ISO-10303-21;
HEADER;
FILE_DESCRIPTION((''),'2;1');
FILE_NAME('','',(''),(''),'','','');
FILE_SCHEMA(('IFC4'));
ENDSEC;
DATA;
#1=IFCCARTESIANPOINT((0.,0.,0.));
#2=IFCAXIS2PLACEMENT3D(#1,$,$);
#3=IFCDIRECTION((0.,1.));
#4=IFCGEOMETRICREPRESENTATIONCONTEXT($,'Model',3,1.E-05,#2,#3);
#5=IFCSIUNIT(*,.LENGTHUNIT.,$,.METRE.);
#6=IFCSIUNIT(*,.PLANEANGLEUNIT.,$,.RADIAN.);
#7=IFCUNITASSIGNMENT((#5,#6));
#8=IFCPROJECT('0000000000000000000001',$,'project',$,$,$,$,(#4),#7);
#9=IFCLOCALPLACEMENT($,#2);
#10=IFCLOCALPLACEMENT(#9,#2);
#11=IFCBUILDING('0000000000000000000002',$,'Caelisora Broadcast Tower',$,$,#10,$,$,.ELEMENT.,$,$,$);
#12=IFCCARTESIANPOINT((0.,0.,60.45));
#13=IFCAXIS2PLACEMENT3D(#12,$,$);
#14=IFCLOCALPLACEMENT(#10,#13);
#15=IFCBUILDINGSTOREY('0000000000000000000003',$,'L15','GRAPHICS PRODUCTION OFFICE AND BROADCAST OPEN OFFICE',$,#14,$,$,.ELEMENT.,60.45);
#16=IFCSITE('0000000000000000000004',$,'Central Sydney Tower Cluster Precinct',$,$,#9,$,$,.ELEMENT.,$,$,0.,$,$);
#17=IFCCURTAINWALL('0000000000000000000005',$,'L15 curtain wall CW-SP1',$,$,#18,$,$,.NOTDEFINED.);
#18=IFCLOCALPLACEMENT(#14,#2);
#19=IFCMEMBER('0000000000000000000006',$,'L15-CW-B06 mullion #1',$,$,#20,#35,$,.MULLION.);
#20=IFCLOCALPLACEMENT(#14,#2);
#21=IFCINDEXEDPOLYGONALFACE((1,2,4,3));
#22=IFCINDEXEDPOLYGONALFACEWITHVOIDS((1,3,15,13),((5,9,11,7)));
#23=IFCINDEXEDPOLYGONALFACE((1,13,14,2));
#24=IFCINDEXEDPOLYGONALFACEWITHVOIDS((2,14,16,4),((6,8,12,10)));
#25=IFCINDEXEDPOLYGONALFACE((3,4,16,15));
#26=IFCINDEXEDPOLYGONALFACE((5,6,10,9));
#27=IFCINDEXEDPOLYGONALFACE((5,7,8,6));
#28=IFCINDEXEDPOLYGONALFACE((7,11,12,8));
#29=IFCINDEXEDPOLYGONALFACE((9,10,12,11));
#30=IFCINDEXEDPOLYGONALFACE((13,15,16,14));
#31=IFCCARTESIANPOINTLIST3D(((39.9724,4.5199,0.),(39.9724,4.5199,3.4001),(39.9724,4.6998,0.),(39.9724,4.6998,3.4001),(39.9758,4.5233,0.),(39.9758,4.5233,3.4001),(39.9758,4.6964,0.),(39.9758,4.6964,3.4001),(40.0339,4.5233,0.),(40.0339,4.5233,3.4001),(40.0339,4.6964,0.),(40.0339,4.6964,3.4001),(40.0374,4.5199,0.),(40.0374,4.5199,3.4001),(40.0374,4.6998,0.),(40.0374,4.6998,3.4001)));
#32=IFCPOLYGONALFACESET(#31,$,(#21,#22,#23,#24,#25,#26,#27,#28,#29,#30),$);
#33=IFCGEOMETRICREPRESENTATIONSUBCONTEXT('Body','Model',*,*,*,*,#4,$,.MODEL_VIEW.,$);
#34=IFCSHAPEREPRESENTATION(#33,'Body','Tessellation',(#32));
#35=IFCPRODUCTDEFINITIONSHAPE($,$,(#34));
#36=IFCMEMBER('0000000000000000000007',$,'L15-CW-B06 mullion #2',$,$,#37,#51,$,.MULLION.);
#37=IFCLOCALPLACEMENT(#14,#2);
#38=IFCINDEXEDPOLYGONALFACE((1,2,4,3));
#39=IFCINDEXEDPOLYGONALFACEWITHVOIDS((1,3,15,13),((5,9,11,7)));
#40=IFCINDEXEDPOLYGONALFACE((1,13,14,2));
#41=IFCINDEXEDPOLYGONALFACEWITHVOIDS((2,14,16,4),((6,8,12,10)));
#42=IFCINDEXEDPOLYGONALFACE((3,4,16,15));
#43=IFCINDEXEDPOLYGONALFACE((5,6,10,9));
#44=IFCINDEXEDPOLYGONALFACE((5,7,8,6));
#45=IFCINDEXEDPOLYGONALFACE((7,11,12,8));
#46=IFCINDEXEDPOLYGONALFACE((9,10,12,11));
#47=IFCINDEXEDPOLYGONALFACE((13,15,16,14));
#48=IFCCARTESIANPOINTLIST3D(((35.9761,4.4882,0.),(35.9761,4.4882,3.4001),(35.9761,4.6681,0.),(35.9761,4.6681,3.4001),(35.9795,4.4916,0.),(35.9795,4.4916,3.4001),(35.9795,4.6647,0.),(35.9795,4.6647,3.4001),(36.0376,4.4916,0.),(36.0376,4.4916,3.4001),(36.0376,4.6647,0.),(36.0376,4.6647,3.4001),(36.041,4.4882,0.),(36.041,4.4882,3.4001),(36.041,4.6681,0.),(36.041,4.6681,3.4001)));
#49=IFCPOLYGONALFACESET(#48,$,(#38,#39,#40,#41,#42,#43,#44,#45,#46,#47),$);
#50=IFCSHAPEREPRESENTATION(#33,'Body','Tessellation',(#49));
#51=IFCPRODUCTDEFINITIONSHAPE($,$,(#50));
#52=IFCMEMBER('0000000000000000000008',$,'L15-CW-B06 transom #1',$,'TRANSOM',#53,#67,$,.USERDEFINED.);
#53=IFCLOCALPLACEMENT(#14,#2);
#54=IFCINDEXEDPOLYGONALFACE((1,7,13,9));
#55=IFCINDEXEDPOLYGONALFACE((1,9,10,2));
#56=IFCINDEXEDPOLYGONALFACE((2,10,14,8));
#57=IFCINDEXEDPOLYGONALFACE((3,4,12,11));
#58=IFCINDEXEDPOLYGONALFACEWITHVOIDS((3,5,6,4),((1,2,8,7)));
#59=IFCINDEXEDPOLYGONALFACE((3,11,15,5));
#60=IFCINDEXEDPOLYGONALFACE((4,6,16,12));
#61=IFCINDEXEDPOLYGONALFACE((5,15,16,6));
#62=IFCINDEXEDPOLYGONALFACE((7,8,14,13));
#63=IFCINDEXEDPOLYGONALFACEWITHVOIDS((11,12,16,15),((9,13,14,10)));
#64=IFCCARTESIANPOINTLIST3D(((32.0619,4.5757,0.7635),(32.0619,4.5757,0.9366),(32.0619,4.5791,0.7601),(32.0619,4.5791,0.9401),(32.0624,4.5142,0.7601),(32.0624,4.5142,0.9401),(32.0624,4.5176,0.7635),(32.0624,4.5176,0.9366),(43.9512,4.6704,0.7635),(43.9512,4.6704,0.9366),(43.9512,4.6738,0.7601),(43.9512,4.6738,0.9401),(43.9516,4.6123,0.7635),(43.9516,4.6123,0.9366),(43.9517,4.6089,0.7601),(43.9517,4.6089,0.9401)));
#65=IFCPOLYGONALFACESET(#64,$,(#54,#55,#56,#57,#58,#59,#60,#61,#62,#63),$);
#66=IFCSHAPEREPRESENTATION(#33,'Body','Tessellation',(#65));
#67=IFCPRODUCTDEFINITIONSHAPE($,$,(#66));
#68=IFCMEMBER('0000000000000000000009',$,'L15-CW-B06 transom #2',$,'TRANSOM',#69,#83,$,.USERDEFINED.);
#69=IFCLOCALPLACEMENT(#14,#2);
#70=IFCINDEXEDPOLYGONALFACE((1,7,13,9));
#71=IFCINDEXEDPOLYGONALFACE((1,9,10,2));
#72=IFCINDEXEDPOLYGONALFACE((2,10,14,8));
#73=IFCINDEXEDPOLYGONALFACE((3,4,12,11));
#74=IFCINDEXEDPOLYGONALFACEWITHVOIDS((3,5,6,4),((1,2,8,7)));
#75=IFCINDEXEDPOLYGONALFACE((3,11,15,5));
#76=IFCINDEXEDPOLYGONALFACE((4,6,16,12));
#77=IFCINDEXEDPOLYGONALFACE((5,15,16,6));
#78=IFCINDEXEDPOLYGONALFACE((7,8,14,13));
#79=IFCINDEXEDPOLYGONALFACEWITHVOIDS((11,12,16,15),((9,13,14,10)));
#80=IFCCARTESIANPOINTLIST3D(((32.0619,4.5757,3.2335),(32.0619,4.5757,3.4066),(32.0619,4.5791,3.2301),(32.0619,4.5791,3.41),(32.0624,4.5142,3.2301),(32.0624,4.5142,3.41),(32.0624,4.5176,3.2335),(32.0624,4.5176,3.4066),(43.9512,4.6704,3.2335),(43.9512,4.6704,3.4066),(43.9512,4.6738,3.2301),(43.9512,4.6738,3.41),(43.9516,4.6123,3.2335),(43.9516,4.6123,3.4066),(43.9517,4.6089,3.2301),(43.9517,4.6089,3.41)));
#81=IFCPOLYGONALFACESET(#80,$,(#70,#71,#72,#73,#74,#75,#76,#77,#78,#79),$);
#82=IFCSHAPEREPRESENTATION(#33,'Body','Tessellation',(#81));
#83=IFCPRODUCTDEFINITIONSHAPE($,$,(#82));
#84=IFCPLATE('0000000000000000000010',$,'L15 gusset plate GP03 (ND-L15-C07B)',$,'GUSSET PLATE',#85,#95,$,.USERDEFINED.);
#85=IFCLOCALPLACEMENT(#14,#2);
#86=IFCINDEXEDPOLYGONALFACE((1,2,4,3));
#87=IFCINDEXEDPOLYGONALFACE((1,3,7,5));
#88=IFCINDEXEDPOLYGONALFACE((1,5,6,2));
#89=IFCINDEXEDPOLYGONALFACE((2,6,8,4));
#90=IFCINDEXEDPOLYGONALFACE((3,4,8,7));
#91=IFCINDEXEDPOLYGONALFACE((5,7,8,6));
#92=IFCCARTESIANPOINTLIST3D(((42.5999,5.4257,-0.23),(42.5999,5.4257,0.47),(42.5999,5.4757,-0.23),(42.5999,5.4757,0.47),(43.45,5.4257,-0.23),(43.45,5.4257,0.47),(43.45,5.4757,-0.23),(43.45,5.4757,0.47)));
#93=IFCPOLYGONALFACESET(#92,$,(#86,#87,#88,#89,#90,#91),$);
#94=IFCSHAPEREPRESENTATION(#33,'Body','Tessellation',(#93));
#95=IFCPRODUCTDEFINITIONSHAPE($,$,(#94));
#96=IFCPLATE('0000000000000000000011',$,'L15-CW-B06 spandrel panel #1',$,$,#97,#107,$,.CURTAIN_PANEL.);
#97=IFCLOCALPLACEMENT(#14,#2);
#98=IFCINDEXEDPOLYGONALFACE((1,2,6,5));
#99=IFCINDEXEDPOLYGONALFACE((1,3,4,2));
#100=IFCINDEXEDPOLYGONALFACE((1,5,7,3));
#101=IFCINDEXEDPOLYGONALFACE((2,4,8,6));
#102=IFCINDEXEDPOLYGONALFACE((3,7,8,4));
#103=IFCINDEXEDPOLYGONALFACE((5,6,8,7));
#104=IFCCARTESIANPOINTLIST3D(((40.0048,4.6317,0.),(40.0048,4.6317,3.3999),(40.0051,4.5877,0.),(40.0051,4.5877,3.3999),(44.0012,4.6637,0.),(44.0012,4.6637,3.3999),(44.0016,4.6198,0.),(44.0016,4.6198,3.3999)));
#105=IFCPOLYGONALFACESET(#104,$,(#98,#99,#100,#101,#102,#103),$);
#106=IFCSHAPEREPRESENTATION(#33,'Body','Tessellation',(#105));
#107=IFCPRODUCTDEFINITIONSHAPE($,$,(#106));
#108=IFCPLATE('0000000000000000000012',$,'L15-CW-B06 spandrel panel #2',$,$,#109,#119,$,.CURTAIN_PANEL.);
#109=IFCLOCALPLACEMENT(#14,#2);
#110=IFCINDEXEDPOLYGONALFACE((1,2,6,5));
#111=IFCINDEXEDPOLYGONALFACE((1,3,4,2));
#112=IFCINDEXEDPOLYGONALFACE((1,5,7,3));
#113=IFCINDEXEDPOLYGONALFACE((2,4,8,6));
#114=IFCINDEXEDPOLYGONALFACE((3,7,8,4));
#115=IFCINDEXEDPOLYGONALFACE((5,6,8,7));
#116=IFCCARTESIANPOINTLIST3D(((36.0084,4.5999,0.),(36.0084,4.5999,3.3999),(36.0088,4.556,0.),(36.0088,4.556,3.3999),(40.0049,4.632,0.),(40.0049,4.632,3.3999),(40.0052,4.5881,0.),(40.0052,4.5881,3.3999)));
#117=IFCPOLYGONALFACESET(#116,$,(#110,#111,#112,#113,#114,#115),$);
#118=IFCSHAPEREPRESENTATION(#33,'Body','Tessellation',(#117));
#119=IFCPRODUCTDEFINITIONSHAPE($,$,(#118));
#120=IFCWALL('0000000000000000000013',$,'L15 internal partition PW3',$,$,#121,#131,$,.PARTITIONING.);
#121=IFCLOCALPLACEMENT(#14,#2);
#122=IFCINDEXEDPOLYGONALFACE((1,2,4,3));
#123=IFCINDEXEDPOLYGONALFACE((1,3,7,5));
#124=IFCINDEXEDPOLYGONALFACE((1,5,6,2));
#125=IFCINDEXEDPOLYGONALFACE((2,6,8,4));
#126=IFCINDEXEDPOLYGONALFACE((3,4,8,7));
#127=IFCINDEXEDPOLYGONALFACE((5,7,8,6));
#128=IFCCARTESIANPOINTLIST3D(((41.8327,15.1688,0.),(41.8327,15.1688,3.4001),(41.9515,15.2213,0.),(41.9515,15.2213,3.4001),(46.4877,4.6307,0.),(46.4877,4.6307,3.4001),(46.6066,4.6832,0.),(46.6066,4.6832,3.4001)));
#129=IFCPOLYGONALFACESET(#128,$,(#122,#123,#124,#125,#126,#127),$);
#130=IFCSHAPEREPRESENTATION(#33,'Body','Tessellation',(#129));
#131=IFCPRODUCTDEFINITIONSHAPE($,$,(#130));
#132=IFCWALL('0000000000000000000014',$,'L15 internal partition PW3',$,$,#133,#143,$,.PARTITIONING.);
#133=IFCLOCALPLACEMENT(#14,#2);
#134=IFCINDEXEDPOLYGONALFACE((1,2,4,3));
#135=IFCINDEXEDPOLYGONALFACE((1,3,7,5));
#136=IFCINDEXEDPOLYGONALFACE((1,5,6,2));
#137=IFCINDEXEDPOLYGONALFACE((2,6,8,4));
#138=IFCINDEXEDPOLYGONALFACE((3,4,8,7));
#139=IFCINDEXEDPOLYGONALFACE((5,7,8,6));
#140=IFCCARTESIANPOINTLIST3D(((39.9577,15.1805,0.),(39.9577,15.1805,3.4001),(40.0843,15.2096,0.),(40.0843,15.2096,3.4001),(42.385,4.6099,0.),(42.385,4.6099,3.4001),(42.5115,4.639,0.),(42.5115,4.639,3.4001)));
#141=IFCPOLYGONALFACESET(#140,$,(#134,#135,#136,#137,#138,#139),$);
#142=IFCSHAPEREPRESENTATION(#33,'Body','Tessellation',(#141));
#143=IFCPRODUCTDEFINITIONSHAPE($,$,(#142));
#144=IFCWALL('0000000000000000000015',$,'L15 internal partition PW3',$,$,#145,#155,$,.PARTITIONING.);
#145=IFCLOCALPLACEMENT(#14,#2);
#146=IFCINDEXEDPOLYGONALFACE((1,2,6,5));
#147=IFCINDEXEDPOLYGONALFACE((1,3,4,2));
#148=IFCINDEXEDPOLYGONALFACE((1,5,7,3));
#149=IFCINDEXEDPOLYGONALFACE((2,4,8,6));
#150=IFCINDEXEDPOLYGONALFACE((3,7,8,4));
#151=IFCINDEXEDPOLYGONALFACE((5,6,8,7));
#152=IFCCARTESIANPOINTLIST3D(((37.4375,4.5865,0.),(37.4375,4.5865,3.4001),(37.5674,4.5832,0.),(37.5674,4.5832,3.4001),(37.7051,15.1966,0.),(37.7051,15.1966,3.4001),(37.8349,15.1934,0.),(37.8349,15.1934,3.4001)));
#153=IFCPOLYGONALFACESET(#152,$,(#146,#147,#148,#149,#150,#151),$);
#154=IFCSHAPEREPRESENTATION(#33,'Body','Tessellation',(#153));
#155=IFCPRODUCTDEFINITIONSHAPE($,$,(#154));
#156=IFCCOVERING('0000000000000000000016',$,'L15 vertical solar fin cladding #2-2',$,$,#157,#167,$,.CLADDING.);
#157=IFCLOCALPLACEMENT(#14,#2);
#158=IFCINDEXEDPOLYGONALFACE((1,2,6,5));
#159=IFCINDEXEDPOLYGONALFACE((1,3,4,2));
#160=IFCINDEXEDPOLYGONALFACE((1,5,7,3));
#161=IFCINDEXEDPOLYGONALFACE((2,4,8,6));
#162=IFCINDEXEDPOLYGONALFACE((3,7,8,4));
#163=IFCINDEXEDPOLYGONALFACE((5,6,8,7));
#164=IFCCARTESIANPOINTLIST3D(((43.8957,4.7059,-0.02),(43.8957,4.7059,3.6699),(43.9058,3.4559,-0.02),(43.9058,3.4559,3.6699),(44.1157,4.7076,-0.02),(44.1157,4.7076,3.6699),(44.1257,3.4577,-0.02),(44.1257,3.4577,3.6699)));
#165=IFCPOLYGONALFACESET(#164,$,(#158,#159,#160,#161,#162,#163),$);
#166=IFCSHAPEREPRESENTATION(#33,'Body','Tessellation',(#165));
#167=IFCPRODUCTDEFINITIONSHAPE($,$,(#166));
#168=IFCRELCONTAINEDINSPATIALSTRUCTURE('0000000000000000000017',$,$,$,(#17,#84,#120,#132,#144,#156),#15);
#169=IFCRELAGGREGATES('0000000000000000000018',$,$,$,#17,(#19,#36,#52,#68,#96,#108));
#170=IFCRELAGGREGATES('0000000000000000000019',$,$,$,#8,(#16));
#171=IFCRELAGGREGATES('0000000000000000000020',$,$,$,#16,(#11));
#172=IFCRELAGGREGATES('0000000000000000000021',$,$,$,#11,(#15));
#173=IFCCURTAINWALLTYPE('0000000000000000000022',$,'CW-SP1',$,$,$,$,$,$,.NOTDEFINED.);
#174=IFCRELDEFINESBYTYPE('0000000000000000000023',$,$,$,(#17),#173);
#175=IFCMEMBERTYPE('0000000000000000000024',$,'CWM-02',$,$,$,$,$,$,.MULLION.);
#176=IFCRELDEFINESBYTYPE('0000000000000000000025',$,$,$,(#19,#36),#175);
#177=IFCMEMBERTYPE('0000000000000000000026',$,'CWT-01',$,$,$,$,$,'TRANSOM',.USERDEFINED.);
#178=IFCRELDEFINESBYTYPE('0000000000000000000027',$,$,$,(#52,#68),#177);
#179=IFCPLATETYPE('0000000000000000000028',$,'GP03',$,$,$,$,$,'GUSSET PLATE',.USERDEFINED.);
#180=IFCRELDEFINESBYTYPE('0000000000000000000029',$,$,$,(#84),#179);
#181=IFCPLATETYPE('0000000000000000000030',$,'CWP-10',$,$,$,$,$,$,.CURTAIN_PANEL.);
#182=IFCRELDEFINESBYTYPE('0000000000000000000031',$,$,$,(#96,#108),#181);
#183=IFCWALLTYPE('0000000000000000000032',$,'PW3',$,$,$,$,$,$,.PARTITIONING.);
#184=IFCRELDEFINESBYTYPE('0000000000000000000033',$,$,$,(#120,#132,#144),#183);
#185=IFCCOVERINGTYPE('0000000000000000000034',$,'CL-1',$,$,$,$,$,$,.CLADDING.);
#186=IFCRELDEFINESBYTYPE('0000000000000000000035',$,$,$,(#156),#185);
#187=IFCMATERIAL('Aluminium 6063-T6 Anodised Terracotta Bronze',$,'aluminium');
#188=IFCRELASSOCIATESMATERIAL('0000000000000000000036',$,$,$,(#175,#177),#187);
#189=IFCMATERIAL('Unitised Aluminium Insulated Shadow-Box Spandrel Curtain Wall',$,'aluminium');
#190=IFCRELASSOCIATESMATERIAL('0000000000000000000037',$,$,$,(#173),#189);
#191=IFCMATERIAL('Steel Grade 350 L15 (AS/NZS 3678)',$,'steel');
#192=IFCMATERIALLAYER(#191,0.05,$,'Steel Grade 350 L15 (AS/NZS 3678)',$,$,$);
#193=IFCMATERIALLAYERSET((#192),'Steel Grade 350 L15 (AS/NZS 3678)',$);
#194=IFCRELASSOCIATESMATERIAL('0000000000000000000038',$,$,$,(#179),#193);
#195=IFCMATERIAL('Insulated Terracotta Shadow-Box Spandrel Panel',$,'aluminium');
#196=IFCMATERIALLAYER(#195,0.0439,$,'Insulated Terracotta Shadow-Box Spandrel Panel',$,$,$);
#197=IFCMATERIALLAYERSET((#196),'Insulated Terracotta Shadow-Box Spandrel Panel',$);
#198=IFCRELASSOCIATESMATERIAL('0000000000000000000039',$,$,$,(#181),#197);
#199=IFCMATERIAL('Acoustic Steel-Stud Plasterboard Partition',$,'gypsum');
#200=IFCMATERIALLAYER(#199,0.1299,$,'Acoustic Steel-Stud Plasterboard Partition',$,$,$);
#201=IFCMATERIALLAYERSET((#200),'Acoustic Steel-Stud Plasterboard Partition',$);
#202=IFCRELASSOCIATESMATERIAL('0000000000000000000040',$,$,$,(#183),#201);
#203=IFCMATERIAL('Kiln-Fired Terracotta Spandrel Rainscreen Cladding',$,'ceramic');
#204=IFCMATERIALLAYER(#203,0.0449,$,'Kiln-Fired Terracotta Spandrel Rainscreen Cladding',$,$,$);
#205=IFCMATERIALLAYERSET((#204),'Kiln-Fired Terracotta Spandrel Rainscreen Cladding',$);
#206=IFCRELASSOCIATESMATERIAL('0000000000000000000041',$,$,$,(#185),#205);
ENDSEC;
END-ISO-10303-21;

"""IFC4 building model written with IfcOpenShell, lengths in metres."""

from ifc_helpers import new_model, si_unit, direction, frame, frame_2d, origin, origin_2d, place, context, subcontext, project, spatial, rectangle, hollow_rectangle, extrude, source, transform, mapped, material, layer, layer_set, material_profile, profile_set, type_object, type_shapes, element, aggregate, save


model = new_model("IFC4")

# Units and contexts
model_context = context("Model", 3, precision=1e-05, world=origin(), true_north=direction((0.0, 1.0)))
body_context = subcontext(model_context, "Body", "Model", "MODEL_VIEW")
ifc_project = project(units=[si_unit("LENGTHUNIT", "METRE"), si_unit("PLANEANGLEUNIT", "RADIAN")], contexts=[model_context])

# Site, building, storey
site_placement = place(None, origin())
site = spatial("IfcSite", under=ifc_project, at=site_placement, Name="Central Sydney Tower Cluster Precinct", CompositionType="ELEMENT", RefElevation=0.0)
building_placement = place(site_placement, origin())
building = spatial("IfcBuilding", under=site, at=building_placement, Name="Caelisora Broadcast Tower", CompositionType="ELEMENT")
storey_placement = place(building_placement, frame((0.0, 0.0, 60.45)))
storey = spatial("IfcBuildingStorey", under=building, at=storey_placement, Name="L15", Description="GRAPHICS PRODUCTION OFFICE AND BROADCAST OPEN OFFICE", CompositionType="ELEMENT", Elevation=60.45)

# Shared definitions
ifc_material_1 = material(Name="Steel Grade 350 L15 (AS/NZS 3678)", Category="steel")

# Shared definitions
ifc_material_2 = material(Name="Aluminium 6063-T6 Anodised Terracotta Bronze", Category="aluminium")
ifc_material_profile_1 = material_profile(ifc_material_2, hollow_rectangle(XDim=0.0649, YDim=0.1799, WallThickness=0.0034, at=origin_2d()), Name="Aluminium 6063-T6 Anodised Terracotta Bronze")
ifc_profile_set_1 = profile_set([ifc_material_profile_1], Name="Aluminium 6063-T6 Anodised Terracotta Bronze")
member_type_1 = type_object("IfcMemberType", Name="CWM-02", PredefinedType="MULLION", material=ifc_profile_set_1)
shared_shape_1 = source(origin(), body_context, "Body", "SweptSolid", [
    extrude(hollow_rectangle(XDim=0.0649, YDim=0.1799, WallThickness=0.0034, at=origin_2d()), origin(), (0.0, 0.0, 1.0), 3.4001),
])
type_shapes(member_type_1, [shared_shape_1])

# Curtain wall, members
ifc_material_3 = material(Name="Unitised Aluminium Insulated Shadow-Box Spandrel Curtain Wall", Category="aluminium")
curtain_wall_type_1 = type_object("IfcCurtainWallType", Name="CW-SP1", PredefinedType="NOTDEFINED", material=ifc_material_3)
curtain_wall_1_placement = place(storey_placement, origin())
curtain_wall_1 = element("IfcCurtainWall", 1, at=curtain_wall_1_placement, inside=storey, type_object=curtain_wall_type_1, Name="L15 curtain wall CW-SP1", PredefinedType="NOTDEFINED")
member_1_placement = place(storey_placement, frame((40.0049, 4.6099, 0.0), z_axis=(0.0, 0.0, 1.0), x_axis=(1.0, 0.0, 0.0)))
member_1 = element("IfcMember", 2, at=member_1_placement, type_object=member_type_1, Name="L15-CW-B06 mullion #1", PredefinedType="MULLION", context=body_context, shape_type="MappedRepresentation", body=[
    mapped(shared_shape_1, transform((0.0, 0.0, 0.0), scale=1.0)),
])
member_2_placement = place(storey_placement, frame((36.0085, 4.5781, 0.0), z_axis=(0.0, 0.0, 1.0), x_axis=(1.0, 0.0, 0.0)))
member_2 = element("IfcMember", 3, at=member_2_placement, type_object=member_type_1, Name="L15-CW-B06 mullion #2", PredefinedType="MULLION", context=body_context, shape_type="MappedRepresentation", body=[
    mapped(shared_shape_1, transform((0.0, 0.0, 0.0), scale=1.0)),
])
ifc_material_profile_2 = material_profile(ifc_material_2, hollow_rectangle(XDim=0.0649, YDim=0.1799, WallThickness=0.0034, at=origin_2d()), Name="Aluminium 6063-T6 Anodised Terracotta Bronze")
ifc_profile_set_2 = profile_set([ifc_material_profile_2], Name="Aluminium 6063-T6 Anodised Terracotta Bronze")
member_type_2 = type_object("IfcMemberType", Name="CWT-01", ElementType="TRANSOM", PredefinedType="USERDEFINED", material=ifc_profile_set_2)
shared_shape_2 = source(origin(), body_context, "Body", "SweptSolid", [
    extrude(hollow_rectangle(XDim=0.0649, YDim=0.1799, WallThickness=0.0034, at=origin_2d()), origin(), (0.0, 0.0, 1.0), 11.8896),
])
type_shapes(member_type_2, [shared_shape_2])
member_3_placement = place(storey_placement, frame((43.9514, 4.6414, 0.8501), z_axis=(-0.999968, -0.007967, 0.0), x_axis=(0.007967, -0.999968, 0.0)))
member_3 = element("IfcMember", 4, at=member_3_placement, type_object=member_type_2, Name="L15-CW-B06 transom #1", ObjectType="TRANSOM", PredefinedType="USERDEFINED", context=body_context, shape_type="MappedRepresentation", body=[
    mapped(shared_shape_2, transform((0.0, 0.0, 0.0), scale=1.0)),
])
member_4_placement = place(storey_placement, frame((43.9514, 4.6414, 3.3201), z_axis=(-0.999968, -0.007967, 0.0), x_axis=(0.007967, -0.999968, 0.0)))
member_4 = element("IfcMember", 5, at=member_4_placement, type_object=member_type_2, Name="L15-CW-B06 transom #2", ObjectType="TRANSOM", PredefinedType="USERDEFINED", context=body_context, shape_type="MappedRepresentation", body=[
    mapped(shared_shape_2, transform((0.0, 0.0, 0.0), scale=1.0)),
])

# Plates
ifc_layer_1 = layer(ifc_material_1, 0.05, Name="Steel Grade 350 L15 (AS/NZS 3678)")
ifc_layer_set_1 = layer_set([ifc_layer_1], Name="Steel Grade 350 L15 (AS/NZS 3678)")
plate_type_1 = type_object("IfcPlateType", Name="GP03", ElementType="GUSSET PLATE", PredefinedType="USERDEFINED", material=ifc_layer_set_1)
shared_shape_3 = source(origin(), body_context, "Body", "SweptSolid", [
    extrude(rectangle(XDim=0.8501, YDim=0.05, at=origin_2d()), origin(), (0.0, 0.0, 1.0), 0.7),
])
type_shapes(plate_type_1, [shared_shape_3])
plate_1_placement = place(storey_placement, frame((43.0249, 5.4507, -0.23), z_axis=(0.0, 0.0, 1.0), x_axis=(1.0, 0.0, 0.0)))
element("IfcPlate", 6, at=plate_1_placement, inside=storey, type_object=plate_type_1, Name="L15 gusset plate GP03 (ND-L15-C07B)", ObjectType="GUSSET PLATE", PredefinedType="USERDEFINED", context=body_context, shape_type="MappedRepresentation", body=[
    mapped(shared_shape_3, transform((0.0, 0.0, 0.0), scale=1.0)),
])
ifc_material_4 = material(Name="Insulated Terracotta Shadow-Box Spandrel Panel", Category="aluminium")
ifc_layer_2 = layer(ifc_material_4, 0.0439, Name="Insulated Terracotta Shadow-Box Spandrel Panel")
ifc_layer_set_2 = layer_set([ifc_layer_2], Name="Insulated Terracotta Shadow-Box Spandrel Panel")
plate_type_2 = type_object("IfcPlateType", Name="CWP-10", PredefinedType="CURTAIN_PANEL", material=ifc_layer_set_2)
shared_shape_4 = source(origin(), body_context, "Body", "SweptSolid", [
    extrude(rectangle(XDim=3.9966, YDim=0.0439, at=origin_2d()), origin(), (0.0, 0.0, 1.0), 3.3999),
])
type_shapes(plate_type_2, [shared_shape_4])
plate_2_placement = place(storey_placement, frame((42.0032, 4.6257, 0.0), z_axis=(0.0, 0.0, 1.0), x_axis=(-0.999968, -0.008028, 0.0)))
plate_2 = element("IfcPlate", 7, at=plate_2_placement, type_object=plate_type_2, Name="L15-CW-B06 spandrel panel #1", PredefinedType="CURTAIN_PANEL", context=body_context, shape_type="MappedRepresentation", body=[
    mapped(shared_shape_4, transform((0.0, 0.0, 0.0), scale=1.0)),
])
plate_3_placement = place(storey_placement, frame((38.0068, 4.594, 0.0), z_axis=(0.0, 0.0, 1.0), x_axis=(-0.999968, -0.008028, 0.0)))
plate_3 = element("IfcPlate", 8, at=plate_3_placement, type_object=plate_type_2, Name="L15-CW-B06 spandrel panel #2", PredefinedType="CURTAIN_PANEL", context=body_context, shape_type="MappedRepresentation", body=[
    mapped(shared_shape_4, transform((0.0, 0.0, 0.0), scale=1.0)),
])
aggregate(curtain_wall_1, [member_1, member_2, member_3, member_4, plate_2, plate_3])

# Walls
ifc_material_5 = material(Name="Acoustic Steel-Stud Plasterboard Partition", Category="gypsum")
ifc_layer_3 = layer(ifc_material_5, 0.1299, Name="Acoustic Steel-Stud Plasterboard Partition")
ifc_layer_set_3 = layer_set([ifc_layer_3], Name="Acoustic Steel-Stud Plasterboard Partition")
wall_type = type_object("IfcWallType", Name="PW3", PredefinedType="PARTITIONING", material=ifc_layer_set_3)
wall_1_placement = place(storey_placement, frame((41.8921, 15.1951, 0.0), z_axis=(0.0, 0.0, 1.0), x_axis=(0.404067, -0.914729, 0.0)))
element("IfcWall", 9, at=wall_1_placement, inside=storey, type_object=wall_type, Name="L15 internal partition PW3", PredefinedType="PARTITIONING", context=body_context, shape_type="SweptSolid", body=[
    extrude(rectangle(XDim=11.5205, YDim=0.1299, at=frame_2d((5.7603, 0.0))), origin(), (0.0, 0.0, 1.0), 3.4001),
])
wall_2_placement = place(storey_placement, frame((40.021, 15.1951, 0.0), z_axis=(0.0, 0.0, 1.0), x_axis=(0.223799, -0.974635, 0.0)))
element("IfcWall", 10, at=wall_2_placement, inside=storey, type_object=wall_type, Name="L15 internal partition PW3", PredefinedType="PARTITIONING", context=body_context, shape_type="SweptSolid", body=[
    extrude(rectangle(XDim=10.8457, YDim=0.1299, at=frame_2d((5.4229, 0.0))), origin(), (0.0, 0.0, 1.0), 3.4001),
])
wall_3_placement = place(storey_placement, frame((37.5024, 4.585, 0.0), z_axis=(0.0, 0.0, 1.0), x_axis=(0.025211, 0.999682, 0.0)))
element("IfcWall", 11, at=wall_3_placement, inside=storey, type_object=wall_type, Name="L15 internal partition PW3", PredefinedType="PARTITIONING", context=body_context, shape_type="SweptSolid", body=[
    extrude(rectangle(XDim=10.6135, YDim=0.1299, at=frame_2d((5.3066, 0.0))), origin(), (0.0, 0.0, 1.0), 3.4001),
])

# Covering
ifc_material_6 = material(Name="Kiln-Fired Terracotta Spandrel Rainscreen Cladding", Category="ceramic")
ifc_layer_4 = layer(ifc_material_6, 0.0449, Name="Kiln-Fired Terracotta Spandrel Rainscreen Cladding")
ifc_layer_set_4 = layer_set([ifc_layer_4], Name="Kiln-Fired Terracotta Spandrel Rainscreen Cladding")
covering_type = type_object("IfcCoveringType", Name="CL-1", PredefinedType="CLADDING", material=ifc_layer_set_4)
shared_shape_5 = source(origin(), body_context, "Body", "SweptSolid", [
    extrude(rectangle(XDim=0.22, YDim=1.25, at=origin_2d()), origin(), (0.0, 0.0, 1.0), 3.6899),
])
type_shapes(covering_type, [shared_shape_5])
covering_placement = place(storey_placement, frame((44.0107, 4.0818, -0.02), z_axis=(0.0, 0.0, 1.0), x_axis=(-0.999968, -0.008028, 0.0)))
element("IfcCovering", 12, at=covering_placement, inside=storey, type_object=covering_type, Name="L15 vertical solar fin cladding #2-2", PredefinedType="CLADDING", context=body_context, shape_type="MappedRepresentation", body=[
    mapped(shared_shape_5, transform((0.0, 0.0, 0.0), scale=1.0)),
])

save(model, "model.ifc")
